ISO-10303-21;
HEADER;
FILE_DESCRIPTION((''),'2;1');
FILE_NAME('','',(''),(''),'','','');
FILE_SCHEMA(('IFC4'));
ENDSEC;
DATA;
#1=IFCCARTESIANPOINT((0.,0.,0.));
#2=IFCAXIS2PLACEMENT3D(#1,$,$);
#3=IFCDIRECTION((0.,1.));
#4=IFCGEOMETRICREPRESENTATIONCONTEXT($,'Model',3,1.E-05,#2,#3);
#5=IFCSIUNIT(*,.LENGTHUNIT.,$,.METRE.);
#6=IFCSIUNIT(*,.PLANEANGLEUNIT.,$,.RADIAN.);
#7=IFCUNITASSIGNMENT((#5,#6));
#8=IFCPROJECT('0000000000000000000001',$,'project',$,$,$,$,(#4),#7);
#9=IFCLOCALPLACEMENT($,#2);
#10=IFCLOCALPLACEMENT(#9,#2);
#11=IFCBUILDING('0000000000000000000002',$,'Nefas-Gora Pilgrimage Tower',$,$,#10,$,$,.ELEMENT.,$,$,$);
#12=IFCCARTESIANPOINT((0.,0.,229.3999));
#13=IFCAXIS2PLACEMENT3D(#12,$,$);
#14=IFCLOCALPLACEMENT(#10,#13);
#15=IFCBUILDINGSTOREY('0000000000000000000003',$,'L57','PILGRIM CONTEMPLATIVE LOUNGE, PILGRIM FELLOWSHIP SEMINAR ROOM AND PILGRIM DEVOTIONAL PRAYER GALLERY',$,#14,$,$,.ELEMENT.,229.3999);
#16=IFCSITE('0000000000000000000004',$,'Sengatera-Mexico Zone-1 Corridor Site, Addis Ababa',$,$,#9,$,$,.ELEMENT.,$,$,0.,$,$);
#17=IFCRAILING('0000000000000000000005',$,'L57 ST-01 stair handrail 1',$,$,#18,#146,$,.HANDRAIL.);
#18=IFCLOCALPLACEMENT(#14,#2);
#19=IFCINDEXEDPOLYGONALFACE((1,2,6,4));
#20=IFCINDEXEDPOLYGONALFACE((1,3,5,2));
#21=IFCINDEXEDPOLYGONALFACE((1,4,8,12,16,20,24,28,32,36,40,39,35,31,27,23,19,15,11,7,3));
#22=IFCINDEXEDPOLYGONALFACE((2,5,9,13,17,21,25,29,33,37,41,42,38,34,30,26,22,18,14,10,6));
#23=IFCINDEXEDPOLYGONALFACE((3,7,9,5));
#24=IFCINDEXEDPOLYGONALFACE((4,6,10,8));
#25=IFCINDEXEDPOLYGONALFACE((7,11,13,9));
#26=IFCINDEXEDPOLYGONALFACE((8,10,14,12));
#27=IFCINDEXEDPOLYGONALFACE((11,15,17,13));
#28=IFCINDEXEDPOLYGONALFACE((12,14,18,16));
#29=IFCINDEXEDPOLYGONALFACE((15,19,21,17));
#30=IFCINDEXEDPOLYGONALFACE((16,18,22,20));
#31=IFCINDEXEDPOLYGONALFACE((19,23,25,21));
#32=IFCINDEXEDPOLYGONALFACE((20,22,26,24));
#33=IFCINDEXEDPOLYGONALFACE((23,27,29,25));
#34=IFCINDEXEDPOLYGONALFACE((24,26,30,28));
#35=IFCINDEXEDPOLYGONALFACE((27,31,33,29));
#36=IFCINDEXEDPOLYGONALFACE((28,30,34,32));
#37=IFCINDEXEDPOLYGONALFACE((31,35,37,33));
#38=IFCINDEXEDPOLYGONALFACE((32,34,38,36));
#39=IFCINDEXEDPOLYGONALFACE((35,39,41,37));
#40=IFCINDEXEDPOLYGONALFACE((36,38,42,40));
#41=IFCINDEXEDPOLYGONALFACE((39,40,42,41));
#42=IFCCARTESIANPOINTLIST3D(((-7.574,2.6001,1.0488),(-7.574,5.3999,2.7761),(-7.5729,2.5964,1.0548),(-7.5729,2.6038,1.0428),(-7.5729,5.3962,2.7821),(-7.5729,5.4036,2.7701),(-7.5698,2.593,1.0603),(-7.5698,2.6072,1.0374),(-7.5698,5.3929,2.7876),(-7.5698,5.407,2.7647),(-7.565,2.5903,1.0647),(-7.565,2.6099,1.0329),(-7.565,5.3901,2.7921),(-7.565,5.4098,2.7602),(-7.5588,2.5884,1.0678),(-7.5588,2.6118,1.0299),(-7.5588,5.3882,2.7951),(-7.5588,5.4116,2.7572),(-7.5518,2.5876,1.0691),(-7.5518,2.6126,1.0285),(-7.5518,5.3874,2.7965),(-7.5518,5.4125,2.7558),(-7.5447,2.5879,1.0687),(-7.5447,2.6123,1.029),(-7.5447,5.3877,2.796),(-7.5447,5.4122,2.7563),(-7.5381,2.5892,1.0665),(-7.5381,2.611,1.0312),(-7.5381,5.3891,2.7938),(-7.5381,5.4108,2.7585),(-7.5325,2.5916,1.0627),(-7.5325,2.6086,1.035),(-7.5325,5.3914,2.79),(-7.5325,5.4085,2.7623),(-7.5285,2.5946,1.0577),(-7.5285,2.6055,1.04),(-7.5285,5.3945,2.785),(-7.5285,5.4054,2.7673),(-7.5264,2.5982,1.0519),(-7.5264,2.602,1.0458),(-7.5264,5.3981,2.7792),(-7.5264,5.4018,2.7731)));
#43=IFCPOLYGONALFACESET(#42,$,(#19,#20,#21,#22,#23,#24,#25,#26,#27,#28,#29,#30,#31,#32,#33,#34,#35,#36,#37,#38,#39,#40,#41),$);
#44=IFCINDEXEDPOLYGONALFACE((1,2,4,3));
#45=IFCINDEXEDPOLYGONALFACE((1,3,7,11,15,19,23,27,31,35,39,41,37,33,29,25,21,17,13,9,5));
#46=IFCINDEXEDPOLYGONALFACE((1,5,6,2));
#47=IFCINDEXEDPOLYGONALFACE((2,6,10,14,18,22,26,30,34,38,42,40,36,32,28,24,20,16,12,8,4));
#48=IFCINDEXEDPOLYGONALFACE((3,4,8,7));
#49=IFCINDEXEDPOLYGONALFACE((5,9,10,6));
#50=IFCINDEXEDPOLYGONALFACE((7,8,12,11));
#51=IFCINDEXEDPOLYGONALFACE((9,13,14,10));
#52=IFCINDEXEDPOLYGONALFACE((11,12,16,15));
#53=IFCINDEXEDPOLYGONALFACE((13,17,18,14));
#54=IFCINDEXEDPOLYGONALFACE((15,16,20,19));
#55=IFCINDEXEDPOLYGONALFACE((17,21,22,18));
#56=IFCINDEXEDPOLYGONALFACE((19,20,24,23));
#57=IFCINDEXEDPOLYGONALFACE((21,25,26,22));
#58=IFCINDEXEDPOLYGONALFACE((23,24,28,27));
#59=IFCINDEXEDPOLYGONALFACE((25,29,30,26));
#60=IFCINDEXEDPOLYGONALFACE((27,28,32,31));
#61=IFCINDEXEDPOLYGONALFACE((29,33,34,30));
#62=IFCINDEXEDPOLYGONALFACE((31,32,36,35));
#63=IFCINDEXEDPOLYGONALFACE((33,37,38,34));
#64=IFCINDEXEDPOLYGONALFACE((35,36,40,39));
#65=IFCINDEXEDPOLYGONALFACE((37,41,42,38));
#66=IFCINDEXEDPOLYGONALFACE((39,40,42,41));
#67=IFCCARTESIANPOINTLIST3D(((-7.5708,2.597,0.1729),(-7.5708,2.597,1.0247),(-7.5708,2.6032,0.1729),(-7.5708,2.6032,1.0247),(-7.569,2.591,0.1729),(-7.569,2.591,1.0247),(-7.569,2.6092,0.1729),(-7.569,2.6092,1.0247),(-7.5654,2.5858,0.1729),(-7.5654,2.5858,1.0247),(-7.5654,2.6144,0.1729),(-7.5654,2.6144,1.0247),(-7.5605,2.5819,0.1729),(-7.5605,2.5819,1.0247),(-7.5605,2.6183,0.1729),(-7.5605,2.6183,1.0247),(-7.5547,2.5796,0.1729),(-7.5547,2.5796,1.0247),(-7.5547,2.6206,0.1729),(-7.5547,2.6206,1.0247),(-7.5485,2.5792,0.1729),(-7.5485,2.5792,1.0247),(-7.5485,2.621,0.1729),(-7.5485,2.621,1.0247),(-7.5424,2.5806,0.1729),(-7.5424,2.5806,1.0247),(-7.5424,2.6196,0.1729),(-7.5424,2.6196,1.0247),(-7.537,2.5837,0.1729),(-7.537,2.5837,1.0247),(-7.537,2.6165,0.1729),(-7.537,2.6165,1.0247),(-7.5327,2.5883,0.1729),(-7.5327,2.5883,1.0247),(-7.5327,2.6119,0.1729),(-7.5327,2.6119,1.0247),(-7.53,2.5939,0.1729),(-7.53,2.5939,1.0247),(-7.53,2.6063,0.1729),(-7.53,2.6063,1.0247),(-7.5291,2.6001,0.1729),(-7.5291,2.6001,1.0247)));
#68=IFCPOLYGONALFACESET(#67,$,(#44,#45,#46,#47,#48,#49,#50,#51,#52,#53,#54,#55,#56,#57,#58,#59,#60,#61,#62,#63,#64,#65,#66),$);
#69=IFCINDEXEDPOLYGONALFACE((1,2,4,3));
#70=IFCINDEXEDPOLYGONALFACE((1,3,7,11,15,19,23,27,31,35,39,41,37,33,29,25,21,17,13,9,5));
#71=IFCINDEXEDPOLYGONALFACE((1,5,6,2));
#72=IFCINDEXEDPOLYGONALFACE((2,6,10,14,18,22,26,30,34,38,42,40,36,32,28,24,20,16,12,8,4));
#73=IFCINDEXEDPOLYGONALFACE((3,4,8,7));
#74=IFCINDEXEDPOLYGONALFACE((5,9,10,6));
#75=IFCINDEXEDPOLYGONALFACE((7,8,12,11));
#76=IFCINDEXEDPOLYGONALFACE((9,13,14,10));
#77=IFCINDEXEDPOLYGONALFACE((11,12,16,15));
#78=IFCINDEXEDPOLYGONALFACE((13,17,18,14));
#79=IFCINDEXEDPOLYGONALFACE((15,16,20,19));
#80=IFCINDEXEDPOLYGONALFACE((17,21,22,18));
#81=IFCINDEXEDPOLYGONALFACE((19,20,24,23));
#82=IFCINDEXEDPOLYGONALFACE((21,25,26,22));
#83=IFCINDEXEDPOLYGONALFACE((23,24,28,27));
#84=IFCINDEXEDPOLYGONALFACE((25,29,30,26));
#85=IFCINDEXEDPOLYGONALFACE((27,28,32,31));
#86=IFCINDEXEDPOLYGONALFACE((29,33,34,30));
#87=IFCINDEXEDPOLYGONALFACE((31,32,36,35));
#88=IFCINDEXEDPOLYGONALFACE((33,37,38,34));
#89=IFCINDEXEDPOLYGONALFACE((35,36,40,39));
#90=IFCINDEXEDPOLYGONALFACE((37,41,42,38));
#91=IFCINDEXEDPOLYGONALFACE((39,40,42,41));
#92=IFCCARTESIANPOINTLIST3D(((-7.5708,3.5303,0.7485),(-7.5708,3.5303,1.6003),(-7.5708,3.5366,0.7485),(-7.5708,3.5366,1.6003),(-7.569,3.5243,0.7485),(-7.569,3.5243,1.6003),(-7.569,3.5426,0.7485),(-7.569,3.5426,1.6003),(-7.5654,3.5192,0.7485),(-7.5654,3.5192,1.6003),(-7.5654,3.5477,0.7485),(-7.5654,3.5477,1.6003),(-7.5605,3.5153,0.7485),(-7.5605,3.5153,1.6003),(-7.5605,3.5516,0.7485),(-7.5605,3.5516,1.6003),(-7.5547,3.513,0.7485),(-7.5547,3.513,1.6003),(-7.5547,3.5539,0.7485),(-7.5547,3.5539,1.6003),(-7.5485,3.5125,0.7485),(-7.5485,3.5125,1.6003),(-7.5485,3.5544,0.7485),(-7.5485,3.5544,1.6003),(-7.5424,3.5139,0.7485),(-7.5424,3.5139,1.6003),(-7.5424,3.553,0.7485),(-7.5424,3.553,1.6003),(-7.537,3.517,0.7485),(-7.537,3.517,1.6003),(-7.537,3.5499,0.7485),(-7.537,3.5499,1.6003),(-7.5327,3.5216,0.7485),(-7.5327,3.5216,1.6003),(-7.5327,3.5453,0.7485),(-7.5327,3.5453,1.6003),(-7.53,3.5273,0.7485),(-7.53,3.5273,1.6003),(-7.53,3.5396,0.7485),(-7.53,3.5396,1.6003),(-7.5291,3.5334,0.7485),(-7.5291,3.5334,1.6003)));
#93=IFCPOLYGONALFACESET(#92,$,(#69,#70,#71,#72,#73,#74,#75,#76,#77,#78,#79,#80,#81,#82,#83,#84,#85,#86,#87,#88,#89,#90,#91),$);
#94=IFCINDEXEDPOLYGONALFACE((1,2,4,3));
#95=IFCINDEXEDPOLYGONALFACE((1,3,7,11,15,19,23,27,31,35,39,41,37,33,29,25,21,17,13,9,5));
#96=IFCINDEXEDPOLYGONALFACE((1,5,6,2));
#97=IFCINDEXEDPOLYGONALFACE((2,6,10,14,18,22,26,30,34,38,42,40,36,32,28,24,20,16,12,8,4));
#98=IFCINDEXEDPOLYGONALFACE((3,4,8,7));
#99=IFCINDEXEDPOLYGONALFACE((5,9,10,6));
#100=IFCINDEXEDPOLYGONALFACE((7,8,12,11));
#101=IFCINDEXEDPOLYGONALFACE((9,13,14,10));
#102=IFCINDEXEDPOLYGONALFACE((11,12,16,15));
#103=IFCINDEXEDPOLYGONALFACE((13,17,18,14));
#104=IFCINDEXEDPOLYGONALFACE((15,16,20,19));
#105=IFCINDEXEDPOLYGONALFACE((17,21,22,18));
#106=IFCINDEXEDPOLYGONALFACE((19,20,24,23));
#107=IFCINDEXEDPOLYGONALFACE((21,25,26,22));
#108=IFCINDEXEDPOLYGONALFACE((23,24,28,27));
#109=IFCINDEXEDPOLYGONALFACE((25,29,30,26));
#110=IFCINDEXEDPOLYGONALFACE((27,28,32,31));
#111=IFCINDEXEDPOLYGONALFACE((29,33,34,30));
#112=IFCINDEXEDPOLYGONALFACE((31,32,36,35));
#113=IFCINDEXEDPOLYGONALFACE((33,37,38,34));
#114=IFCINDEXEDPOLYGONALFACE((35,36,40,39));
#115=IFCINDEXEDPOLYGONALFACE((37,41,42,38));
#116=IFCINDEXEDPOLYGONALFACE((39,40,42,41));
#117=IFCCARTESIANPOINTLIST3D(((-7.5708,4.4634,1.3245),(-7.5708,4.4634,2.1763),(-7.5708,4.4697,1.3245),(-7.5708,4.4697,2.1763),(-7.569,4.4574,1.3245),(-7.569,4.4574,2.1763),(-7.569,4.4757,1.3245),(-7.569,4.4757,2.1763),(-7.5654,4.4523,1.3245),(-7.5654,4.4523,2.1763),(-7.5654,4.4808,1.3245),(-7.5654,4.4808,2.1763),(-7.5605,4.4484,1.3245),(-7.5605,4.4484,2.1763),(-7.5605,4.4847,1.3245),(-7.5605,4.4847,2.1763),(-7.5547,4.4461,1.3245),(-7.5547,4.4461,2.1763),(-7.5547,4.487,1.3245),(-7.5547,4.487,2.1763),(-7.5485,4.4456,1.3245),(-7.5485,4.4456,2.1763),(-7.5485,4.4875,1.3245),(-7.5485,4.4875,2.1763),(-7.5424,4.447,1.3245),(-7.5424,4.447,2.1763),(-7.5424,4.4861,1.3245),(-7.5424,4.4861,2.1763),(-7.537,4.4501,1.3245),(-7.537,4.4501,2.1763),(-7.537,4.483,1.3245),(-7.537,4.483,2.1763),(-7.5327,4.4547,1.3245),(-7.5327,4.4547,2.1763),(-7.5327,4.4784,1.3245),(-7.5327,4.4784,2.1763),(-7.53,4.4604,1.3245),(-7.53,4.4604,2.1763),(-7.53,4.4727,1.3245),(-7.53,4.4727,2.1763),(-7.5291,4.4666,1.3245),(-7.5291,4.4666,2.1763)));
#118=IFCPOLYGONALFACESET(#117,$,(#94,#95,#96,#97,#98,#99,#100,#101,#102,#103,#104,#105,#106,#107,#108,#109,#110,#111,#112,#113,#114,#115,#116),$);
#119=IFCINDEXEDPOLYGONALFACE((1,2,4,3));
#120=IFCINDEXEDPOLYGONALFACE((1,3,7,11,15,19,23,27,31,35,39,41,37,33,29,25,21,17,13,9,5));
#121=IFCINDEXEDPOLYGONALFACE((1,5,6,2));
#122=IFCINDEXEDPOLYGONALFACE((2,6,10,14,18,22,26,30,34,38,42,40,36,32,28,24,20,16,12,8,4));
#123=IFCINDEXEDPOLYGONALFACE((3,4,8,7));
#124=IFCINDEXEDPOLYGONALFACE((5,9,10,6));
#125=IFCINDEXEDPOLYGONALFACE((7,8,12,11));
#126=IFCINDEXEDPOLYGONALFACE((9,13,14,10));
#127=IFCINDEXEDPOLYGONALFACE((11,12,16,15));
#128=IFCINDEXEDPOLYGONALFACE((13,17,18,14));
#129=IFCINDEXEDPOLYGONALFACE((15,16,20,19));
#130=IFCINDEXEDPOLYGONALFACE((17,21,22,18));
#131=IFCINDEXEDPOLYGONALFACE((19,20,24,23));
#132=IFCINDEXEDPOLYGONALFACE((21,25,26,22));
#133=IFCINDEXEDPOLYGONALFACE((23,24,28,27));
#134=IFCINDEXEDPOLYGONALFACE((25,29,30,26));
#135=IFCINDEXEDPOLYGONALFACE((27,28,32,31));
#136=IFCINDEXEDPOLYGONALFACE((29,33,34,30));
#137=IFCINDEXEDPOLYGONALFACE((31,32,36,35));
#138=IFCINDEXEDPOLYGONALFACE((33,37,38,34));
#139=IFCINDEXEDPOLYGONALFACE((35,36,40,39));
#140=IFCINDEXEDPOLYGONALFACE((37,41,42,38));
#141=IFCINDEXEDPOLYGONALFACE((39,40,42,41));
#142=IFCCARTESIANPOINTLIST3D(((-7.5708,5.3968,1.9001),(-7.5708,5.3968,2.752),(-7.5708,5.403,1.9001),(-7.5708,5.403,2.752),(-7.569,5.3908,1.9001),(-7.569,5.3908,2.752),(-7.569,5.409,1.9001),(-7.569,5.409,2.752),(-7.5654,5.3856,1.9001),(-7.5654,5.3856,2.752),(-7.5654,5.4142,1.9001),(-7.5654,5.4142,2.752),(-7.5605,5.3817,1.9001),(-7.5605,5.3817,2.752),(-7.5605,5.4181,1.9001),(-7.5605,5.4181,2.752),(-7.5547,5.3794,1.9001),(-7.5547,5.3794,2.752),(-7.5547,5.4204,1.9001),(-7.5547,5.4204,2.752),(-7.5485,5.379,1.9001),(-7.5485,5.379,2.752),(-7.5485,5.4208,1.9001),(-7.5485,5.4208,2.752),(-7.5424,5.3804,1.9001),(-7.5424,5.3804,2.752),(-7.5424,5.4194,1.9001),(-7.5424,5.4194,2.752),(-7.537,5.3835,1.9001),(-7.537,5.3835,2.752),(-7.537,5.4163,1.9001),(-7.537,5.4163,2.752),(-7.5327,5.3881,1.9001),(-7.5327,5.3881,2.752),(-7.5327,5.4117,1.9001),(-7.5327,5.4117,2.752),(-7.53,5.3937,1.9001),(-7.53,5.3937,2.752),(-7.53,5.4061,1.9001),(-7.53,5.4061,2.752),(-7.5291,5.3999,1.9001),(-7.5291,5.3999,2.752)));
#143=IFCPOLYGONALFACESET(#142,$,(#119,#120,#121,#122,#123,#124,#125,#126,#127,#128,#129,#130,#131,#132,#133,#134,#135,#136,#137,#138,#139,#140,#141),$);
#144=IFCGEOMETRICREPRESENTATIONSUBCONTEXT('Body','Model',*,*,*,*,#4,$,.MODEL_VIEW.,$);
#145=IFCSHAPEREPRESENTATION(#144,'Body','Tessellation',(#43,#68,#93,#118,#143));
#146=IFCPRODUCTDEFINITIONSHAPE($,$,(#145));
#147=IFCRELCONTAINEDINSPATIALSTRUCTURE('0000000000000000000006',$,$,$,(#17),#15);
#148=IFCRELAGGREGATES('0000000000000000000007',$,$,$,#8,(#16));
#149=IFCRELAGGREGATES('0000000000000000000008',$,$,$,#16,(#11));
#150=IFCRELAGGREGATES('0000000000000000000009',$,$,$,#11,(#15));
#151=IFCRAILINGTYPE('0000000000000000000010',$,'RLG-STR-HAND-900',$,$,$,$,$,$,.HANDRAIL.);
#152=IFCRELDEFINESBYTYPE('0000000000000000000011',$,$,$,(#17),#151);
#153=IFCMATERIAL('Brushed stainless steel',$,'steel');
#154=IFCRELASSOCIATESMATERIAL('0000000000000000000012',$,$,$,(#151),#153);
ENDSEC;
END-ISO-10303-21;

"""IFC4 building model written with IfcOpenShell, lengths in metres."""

from ifc_helpers import new_model, si_unit, direction, frame, origin, origin_2d, place, context, subcontext, project, spatial, circle, extrude, material, type_object, element, save


model = new_model("IFC4")

# Units and contexts
model_context = context("Model", 3, precision=1e-05, world=origin(), true_north=direction((0.0, 1.0)))
body_context = subcontext(model_context, "Body", "Model", "MODEL_VIEW")
ifc_project = project(units=[si_unit("LENGTHUNIT", "METRE"), si_unit("PLANEANGLEUNIT", "RADIAN")], contexts=[model_context])

# Site, building, storey
site_placement = place(None, origin())
site = spatial("IfcSite", under=ifc_project, at=site_placement, Name="Sengatera-Mexico Zone-1 Corridor Site, Addis Ababa", CompositionType="ELEMENT", RefElevation=0.0)
building_placement = place(site_placement, origin())
building = spatial("IfcBuilding", under=site, at=building_placement, Name="Nefas-Gora Pilgrimage Tower", CompositionType="ELEMENT")
storey_placement = place(building_placement, frame((0.0, 0.0, 229.3999)))
storey = spatial("IfcBuildingStorey", under=building, at=storey_placement, Name="L57", Description="PILGRIM CONTEMPLATIVE LOUNGE, PILGRIM FELLOWSHIP SEMINAR ROOM AND PILGRIM DEVOTIONAL PRAYER GALLERY", CompositionType="ELEMENT", Elevation=229.3999)

# Railing
ifc_material_1 = material(Name="Brushed stainless steel", Category="steel")
railing_type_1 = type_object("IfcRailingType", Name="RLG-STR-HAND-900", PredefinedType="HANDRAIL", material=ifc_material_1)
railing_1_placement = place(storey_placement, frame((-7.55, 2.6001, 0.1729)))
element("IfcRailing", 1, at=railing_1_placement, inside=storey, type_object=railing_type_1, Name="L57 ST-01 stair handrail 1", PredefinedType="HANDRAIL", context=body_context, shape_type="SweptSolid", body=[
    extrude(circle(Radius=0.0239, at=origin_2d()), frame((0.0, 0.0, 0.876), z_axis=(0.0, 0.851069, 0.525054), x_axis=(-1.0, 0.0, 0.0)), (0.0, 0.0, 1.0), 3.2898),
    extrude(circle(Radius=0.021, at=origin_2d()), origin(), (0.0, 0.0, 1.0), 0.8518),
    extrude(circle(Radius=0.021, at=origin_2d()), frame((0.0, 0.9333, 0.5757)), (0.0, 0.0, 1.0), 0.8518),
    extrude(circle(Radius=0.021, at=origin_2d()), frame((0.0, 1.8665, 1.1516)), (0.0, 0.0, 1.0), 0.8518),
    extrude(circle(Radius=0.021, at=origin_2d()), frame((0.0, 2.7998, 1.7273)), (0.0, 0.0, 1.0), 0.8518),
])

save(model, "model.ifc")
